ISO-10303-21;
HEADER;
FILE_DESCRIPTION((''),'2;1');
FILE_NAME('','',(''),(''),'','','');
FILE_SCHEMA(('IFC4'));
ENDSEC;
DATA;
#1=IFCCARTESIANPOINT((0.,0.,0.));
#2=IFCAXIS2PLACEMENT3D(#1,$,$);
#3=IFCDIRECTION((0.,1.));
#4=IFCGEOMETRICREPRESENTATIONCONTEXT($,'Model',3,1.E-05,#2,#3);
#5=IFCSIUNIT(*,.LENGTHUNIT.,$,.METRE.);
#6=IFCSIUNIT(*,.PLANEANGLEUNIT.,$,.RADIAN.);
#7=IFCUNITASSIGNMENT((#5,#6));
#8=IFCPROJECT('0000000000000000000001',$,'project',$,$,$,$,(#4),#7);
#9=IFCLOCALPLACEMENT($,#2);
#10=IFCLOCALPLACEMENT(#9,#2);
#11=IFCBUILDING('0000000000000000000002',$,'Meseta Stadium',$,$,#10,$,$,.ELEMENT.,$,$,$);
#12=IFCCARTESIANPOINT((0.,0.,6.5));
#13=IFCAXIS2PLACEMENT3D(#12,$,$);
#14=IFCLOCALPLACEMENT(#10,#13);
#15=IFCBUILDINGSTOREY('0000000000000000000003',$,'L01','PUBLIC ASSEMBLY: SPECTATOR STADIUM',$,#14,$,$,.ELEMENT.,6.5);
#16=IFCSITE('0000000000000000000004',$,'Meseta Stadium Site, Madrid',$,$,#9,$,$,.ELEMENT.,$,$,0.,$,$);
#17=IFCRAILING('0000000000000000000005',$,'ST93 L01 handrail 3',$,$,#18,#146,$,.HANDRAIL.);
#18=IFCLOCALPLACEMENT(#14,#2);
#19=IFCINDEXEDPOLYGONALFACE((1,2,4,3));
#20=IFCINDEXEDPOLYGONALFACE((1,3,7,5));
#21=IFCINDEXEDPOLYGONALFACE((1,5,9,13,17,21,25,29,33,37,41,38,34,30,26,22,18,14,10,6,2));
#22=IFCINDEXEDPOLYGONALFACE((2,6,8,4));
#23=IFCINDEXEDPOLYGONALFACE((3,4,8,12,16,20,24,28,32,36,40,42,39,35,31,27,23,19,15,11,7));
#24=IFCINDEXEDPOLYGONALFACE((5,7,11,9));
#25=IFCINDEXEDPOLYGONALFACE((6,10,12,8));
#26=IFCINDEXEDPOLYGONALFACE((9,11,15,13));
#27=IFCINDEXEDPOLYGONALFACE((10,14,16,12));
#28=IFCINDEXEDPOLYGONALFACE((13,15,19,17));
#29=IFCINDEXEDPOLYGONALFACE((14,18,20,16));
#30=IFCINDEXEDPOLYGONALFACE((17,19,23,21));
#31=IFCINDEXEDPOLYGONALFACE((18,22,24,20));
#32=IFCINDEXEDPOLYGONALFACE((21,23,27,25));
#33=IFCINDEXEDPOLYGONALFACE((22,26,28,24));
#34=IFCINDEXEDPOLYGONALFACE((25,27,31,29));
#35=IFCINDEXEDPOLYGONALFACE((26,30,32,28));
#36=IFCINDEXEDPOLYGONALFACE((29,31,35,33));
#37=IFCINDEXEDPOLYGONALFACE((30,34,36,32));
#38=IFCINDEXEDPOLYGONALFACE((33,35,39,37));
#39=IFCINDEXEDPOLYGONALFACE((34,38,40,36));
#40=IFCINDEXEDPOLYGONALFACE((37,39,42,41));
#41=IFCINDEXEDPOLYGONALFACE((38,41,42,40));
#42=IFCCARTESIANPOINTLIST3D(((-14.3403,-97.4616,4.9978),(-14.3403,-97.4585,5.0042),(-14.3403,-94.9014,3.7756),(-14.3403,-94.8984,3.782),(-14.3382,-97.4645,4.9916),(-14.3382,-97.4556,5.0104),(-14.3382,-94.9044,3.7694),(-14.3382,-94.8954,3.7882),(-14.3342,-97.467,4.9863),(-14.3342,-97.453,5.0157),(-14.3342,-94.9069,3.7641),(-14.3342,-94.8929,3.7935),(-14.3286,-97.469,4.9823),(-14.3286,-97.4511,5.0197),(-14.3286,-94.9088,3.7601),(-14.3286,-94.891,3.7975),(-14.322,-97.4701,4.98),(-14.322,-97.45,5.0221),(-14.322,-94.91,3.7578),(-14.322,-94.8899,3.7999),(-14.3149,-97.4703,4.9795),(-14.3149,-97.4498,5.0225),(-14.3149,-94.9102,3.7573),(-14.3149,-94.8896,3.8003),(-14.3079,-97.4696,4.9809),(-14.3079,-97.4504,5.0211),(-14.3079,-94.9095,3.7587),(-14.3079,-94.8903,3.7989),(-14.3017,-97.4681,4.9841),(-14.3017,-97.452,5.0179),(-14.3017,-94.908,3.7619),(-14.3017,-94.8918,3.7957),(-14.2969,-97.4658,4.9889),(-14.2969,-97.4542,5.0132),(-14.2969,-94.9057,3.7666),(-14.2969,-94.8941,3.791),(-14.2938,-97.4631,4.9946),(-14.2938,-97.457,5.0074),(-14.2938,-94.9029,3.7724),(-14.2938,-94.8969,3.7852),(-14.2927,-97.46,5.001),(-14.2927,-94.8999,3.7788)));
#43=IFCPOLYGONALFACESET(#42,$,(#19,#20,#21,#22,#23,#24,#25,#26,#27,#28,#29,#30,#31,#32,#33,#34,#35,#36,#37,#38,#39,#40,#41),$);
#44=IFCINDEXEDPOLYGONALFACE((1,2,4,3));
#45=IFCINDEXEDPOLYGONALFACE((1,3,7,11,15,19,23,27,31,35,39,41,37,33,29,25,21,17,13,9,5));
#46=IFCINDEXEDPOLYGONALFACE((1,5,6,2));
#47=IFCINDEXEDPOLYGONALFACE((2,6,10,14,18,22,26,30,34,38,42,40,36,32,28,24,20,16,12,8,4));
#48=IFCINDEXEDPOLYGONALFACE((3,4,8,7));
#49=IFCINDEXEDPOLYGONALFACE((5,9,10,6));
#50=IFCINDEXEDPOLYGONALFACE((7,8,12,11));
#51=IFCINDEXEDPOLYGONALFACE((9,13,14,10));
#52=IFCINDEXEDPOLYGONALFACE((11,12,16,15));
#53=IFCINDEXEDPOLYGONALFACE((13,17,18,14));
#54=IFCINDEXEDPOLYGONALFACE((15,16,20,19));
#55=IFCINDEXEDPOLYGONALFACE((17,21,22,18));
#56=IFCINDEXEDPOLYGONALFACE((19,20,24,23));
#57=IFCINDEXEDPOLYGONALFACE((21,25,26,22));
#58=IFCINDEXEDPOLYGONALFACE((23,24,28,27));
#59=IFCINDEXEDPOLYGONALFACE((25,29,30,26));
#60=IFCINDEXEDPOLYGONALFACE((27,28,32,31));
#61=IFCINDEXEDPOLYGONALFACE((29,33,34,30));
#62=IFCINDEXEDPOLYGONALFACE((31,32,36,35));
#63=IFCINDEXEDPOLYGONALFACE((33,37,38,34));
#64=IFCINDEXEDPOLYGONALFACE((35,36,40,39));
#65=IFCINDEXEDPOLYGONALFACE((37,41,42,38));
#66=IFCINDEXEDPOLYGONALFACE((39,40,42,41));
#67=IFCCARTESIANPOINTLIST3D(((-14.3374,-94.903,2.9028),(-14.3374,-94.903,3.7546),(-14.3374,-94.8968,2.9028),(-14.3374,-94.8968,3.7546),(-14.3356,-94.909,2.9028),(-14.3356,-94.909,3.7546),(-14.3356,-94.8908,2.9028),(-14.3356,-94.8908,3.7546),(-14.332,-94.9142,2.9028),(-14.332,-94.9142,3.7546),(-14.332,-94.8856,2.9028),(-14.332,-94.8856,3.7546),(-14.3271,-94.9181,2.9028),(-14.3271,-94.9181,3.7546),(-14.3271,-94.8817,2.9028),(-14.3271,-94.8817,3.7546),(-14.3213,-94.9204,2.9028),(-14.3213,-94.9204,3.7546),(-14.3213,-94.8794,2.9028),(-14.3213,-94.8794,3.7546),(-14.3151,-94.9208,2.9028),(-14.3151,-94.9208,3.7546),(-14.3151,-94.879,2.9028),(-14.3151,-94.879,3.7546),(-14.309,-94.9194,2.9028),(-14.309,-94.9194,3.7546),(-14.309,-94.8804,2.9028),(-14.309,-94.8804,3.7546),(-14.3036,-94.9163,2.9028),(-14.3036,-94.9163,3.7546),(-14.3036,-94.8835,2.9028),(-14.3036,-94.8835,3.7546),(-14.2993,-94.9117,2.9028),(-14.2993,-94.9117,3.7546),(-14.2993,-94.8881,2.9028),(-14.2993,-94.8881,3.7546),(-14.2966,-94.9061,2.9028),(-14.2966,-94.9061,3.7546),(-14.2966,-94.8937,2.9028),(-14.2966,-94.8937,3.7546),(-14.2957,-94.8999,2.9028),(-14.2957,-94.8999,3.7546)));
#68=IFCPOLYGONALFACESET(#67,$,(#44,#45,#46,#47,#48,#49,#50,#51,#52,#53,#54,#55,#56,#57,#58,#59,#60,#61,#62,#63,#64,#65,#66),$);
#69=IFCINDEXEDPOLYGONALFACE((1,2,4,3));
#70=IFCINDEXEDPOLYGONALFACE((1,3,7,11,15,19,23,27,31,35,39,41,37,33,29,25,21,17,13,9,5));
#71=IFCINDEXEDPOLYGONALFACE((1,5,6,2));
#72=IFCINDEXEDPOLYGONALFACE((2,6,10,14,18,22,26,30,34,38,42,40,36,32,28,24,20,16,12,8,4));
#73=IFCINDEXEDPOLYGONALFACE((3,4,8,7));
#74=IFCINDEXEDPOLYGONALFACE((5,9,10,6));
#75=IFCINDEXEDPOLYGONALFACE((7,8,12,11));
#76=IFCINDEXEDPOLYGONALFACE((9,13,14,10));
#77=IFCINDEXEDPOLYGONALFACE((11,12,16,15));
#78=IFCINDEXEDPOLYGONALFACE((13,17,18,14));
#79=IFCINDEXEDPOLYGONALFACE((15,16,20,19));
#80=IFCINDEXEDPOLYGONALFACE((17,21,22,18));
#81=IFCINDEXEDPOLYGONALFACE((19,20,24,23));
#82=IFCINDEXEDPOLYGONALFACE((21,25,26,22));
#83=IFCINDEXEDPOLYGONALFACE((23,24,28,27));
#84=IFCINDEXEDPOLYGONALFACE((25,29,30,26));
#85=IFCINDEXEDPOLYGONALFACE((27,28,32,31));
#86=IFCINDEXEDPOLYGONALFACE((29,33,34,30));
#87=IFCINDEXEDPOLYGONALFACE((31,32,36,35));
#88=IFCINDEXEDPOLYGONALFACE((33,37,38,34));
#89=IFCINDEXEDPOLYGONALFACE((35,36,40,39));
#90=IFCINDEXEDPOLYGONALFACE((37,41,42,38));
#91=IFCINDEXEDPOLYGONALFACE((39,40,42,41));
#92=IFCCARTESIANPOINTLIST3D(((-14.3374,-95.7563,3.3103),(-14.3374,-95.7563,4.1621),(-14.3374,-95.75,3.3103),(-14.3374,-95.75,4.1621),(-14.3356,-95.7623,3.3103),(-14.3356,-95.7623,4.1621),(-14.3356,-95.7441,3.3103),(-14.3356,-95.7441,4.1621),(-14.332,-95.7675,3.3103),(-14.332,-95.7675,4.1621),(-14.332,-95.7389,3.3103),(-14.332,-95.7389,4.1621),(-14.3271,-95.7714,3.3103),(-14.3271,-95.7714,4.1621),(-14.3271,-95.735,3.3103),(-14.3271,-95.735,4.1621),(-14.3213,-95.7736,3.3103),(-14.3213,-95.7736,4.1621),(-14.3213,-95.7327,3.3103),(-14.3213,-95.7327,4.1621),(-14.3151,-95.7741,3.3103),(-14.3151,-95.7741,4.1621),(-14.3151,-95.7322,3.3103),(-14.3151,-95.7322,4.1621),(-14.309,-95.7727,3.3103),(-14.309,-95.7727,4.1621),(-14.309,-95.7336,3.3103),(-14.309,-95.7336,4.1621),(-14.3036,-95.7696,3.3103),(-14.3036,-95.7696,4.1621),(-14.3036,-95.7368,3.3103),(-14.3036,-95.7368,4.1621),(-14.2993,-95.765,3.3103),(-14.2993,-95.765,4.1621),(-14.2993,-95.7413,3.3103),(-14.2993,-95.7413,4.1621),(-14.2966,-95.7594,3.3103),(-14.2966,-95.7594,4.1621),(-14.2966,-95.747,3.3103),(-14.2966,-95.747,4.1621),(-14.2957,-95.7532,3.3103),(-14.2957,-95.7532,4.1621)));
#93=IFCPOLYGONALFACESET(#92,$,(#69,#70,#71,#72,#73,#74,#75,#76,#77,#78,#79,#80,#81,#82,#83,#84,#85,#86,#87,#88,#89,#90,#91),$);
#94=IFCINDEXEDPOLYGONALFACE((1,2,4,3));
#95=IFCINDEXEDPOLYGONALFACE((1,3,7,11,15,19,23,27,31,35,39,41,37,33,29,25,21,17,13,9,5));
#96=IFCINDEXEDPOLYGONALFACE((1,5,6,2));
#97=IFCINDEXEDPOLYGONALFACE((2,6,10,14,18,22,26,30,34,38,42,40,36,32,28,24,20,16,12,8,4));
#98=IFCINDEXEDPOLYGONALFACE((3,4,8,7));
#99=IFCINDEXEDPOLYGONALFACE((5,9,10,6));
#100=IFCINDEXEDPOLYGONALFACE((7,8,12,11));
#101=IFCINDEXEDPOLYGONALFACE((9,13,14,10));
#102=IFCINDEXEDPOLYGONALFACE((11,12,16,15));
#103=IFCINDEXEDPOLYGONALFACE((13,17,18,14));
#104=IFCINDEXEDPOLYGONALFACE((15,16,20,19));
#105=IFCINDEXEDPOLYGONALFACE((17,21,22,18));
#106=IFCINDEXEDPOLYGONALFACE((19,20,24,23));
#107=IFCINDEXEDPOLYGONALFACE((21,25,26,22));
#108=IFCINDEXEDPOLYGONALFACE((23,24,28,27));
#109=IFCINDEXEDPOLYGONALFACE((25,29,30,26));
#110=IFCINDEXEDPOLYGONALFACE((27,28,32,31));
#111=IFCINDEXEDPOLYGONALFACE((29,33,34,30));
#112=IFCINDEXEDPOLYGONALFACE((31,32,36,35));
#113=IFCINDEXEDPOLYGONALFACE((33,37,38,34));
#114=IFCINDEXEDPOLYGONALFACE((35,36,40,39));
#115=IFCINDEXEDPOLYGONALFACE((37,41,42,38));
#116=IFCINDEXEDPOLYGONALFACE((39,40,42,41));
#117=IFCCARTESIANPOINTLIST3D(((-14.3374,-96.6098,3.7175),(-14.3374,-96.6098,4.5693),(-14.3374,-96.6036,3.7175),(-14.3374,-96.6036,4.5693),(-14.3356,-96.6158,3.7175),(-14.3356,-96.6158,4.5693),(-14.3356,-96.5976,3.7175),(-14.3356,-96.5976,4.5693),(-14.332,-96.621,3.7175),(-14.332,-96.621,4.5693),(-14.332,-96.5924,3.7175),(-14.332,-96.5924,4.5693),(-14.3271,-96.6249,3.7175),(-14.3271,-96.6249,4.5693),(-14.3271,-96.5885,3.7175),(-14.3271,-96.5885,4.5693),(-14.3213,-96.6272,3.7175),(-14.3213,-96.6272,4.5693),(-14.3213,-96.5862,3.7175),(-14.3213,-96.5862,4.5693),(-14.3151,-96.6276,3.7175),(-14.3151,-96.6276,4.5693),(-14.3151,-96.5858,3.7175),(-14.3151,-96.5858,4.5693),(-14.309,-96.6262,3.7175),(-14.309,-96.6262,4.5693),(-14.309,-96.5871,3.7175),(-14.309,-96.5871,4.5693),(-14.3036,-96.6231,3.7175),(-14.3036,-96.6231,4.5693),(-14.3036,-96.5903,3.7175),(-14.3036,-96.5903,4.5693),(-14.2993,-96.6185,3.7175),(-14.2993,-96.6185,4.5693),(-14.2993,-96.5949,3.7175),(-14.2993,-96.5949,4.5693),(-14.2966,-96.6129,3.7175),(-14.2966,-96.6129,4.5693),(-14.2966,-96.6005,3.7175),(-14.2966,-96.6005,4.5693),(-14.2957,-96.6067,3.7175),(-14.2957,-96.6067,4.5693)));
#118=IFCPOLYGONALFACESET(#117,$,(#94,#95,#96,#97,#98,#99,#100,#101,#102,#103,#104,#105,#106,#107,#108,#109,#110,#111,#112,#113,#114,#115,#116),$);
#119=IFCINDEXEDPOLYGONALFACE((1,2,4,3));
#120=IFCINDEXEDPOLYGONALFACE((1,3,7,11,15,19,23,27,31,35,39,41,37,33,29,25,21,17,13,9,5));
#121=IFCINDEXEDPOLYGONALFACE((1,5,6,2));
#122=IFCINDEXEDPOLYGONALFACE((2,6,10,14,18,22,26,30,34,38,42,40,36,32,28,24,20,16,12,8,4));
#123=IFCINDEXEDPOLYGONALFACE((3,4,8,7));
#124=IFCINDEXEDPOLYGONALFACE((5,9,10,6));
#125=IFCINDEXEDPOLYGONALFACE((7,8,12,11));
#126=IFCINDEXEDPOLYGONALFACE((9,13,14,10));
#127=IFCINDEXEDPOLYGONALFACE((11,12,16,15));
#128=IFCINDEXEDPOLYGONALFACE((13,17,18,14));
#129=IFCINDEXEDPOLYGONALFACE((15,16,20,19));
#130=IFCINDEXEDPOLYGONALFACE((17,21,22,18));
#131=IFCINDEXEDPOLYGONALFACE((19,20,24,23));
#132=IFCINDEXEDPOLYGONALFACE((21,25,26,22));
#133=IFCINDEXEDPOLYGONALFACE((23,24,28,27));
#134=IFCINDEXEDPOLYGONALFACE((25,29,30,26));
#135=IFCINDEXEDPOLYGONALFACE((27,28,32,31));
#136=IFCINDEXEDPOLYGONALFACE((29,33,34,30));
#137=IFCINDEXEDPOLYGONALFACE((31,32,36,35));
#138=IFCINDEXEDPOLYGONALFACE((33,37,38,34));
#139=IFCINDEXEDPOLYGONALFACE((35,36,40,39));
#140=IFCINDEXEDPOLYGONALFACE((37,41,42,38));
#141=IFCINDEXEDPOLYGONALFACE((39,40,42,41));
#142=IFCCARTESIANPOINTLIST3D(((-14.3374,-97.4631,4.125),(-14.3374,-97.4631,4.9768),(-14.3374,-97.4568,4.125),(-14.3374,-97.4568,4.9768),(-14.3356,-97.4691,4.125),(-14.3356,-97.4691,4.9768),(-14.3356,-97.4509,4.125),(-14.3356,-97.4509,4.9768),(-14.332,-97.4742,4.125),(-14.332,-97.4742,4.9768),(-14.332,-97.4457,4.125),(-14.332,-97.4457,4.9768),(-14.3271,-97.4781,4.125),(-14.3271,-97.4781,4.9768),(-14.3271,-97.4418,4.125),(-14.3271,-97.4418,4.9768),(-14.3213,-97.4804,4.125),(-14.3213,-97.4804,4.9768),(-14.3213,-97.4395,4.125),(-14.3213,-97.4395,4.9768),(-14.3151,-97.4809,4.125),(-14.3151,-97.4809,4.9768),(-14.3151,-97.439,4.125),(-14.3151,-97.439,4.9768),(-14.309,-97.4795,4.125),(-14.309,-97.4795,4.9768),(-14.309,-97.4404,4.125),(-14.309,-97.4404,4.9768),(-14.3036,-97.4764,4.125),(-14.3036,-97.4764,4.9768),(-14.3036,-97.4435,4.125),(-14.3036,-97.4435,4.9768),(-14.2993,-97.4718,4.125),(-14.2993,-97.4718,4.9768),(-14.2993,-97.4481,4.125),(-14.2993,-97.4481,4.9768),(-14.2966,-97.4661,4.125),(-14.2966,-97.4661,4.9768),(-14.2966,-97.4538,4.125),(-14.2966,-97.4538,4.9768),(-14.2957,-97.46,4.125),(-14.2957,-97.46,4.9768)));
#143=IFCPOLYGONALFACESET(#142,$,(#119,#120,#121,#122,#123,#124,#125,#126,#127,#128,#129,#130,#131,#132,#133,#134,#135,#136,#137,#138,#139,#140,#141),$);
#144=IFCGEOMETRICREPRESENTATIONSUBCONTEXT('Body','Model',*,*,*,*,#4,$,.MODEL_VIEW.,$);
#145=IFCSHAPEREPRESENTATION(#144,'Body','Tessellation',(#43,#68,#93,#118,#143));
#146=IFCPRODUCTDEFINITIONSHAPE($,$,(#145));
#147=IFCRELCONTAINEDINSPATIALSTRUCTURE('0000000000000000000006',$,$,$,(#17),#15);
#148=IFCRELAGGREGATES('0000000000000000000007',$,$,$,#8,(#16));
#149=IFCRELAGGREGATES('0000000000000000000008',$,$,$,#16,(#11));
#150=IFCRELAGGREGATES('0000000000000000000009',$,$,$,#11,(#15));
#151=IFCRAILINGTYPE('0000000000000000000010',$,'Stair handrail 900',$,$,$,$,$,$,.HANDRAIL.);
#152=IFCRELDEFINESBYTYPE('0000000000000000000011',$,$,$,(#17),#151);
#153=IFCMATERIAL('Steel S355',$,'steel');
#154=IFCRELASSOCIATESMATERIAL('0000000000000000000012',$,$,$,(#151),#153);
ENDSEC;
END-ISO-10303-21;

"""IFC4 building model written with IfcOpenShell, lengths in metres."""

from ifc_helpers import new_model, si_unit, direction, frame, origin, origin_2d, place, context, subcontext, project, spatial, circle, extrude, material, type_object, element, save


model = new_model("IFC4")

# Units and contexts
model_context = context("Model", 3, precision=1e-05, world=origin(), true_north=direction((0.0, 1.0)))
body_context = subcontext(model_context, "Body", "Model", "MODEL_VIEW")
ifc_project = project(units=[si_unit("LENGTHUNIT", "METRE"), si_unit("PLANEANGLEUNIT", "RADIAN")], contexts=[model_context])

# Site, building, storey
site_placement = place(None, origin())
site = spatial("IfcSite", under=ifc_project, at=site_placement, Name="Meseta Stadium Site, Madrid", CompositionType="ELEMENT", RefElevation=0.0)
building_placement = place(site_placement, origin())
building = spatial("IfcBuilding", under=site, at=building_placement, Name="Meseta Stadium", CompositionType="ELEMENT")
storey_placement = place(building_placement, frame((0.0, 0.0, 6.5)))
storey = spatial("IfcBuildingStorey", under=building, at=storey_placement, Name="L01", Description="PUBLIC ASSEMBLY: SPECTATOR STADIUM", CompositionType="ELEMENT", Elevation=6.5)

# Railing
ifc_material_1 = material(Name="Steel S355", Category="steel")
railing_type_1 = type_object("IfcRailingType", Name="Stair handrail 900", PredefinedType="HANDRAIL", material=ifc_material_1)
railing_1_placement = place(storey_placement, frame((-14.3167, -94.8999, 2.9028)))
element("IfcRailing", 1, at=railing_1_placement, inside=storey, type_object=railing_type_1, Name="ST93 L01 handrail 3", PredefinedType="HANDRAIL", context=body_context, shape_type="SweptSolid", body=[
    extrude(circle(Radius=0.0239, at=origin_2d()), frame((0.0, 0.0, 0.876), z_axis=(0.0, -0.902437, 0.430822), x_axis=(1.0, 0.0, 0.0)), (0.0, 0.0, 1.0), 2.8369),
    extrude(circle(Radius=0.021, at=origin_2d()), origin(), (0.0, 0.0, 1.0), 0.8518),
    extrude(circle(Radius=0.021, at=origin_2d()), frame((0.0, -0.8533, 0.4075)), (0.0, 0.0, 1.0), 0.8518),
    extrude(circle(Radius=0.021, at=origin_2d()), frame((0.0, -1.7068, 0.8147)), (0.0, 0.0, 1.0), 0.8518),
    extrude(circle(Radius=0.021, at=origin_2d()), frame((0.0, -2.5601, 1.2222)), (0.0, 0.0, 1.0), 0.8518),
])

save(model, "model.ifc")
